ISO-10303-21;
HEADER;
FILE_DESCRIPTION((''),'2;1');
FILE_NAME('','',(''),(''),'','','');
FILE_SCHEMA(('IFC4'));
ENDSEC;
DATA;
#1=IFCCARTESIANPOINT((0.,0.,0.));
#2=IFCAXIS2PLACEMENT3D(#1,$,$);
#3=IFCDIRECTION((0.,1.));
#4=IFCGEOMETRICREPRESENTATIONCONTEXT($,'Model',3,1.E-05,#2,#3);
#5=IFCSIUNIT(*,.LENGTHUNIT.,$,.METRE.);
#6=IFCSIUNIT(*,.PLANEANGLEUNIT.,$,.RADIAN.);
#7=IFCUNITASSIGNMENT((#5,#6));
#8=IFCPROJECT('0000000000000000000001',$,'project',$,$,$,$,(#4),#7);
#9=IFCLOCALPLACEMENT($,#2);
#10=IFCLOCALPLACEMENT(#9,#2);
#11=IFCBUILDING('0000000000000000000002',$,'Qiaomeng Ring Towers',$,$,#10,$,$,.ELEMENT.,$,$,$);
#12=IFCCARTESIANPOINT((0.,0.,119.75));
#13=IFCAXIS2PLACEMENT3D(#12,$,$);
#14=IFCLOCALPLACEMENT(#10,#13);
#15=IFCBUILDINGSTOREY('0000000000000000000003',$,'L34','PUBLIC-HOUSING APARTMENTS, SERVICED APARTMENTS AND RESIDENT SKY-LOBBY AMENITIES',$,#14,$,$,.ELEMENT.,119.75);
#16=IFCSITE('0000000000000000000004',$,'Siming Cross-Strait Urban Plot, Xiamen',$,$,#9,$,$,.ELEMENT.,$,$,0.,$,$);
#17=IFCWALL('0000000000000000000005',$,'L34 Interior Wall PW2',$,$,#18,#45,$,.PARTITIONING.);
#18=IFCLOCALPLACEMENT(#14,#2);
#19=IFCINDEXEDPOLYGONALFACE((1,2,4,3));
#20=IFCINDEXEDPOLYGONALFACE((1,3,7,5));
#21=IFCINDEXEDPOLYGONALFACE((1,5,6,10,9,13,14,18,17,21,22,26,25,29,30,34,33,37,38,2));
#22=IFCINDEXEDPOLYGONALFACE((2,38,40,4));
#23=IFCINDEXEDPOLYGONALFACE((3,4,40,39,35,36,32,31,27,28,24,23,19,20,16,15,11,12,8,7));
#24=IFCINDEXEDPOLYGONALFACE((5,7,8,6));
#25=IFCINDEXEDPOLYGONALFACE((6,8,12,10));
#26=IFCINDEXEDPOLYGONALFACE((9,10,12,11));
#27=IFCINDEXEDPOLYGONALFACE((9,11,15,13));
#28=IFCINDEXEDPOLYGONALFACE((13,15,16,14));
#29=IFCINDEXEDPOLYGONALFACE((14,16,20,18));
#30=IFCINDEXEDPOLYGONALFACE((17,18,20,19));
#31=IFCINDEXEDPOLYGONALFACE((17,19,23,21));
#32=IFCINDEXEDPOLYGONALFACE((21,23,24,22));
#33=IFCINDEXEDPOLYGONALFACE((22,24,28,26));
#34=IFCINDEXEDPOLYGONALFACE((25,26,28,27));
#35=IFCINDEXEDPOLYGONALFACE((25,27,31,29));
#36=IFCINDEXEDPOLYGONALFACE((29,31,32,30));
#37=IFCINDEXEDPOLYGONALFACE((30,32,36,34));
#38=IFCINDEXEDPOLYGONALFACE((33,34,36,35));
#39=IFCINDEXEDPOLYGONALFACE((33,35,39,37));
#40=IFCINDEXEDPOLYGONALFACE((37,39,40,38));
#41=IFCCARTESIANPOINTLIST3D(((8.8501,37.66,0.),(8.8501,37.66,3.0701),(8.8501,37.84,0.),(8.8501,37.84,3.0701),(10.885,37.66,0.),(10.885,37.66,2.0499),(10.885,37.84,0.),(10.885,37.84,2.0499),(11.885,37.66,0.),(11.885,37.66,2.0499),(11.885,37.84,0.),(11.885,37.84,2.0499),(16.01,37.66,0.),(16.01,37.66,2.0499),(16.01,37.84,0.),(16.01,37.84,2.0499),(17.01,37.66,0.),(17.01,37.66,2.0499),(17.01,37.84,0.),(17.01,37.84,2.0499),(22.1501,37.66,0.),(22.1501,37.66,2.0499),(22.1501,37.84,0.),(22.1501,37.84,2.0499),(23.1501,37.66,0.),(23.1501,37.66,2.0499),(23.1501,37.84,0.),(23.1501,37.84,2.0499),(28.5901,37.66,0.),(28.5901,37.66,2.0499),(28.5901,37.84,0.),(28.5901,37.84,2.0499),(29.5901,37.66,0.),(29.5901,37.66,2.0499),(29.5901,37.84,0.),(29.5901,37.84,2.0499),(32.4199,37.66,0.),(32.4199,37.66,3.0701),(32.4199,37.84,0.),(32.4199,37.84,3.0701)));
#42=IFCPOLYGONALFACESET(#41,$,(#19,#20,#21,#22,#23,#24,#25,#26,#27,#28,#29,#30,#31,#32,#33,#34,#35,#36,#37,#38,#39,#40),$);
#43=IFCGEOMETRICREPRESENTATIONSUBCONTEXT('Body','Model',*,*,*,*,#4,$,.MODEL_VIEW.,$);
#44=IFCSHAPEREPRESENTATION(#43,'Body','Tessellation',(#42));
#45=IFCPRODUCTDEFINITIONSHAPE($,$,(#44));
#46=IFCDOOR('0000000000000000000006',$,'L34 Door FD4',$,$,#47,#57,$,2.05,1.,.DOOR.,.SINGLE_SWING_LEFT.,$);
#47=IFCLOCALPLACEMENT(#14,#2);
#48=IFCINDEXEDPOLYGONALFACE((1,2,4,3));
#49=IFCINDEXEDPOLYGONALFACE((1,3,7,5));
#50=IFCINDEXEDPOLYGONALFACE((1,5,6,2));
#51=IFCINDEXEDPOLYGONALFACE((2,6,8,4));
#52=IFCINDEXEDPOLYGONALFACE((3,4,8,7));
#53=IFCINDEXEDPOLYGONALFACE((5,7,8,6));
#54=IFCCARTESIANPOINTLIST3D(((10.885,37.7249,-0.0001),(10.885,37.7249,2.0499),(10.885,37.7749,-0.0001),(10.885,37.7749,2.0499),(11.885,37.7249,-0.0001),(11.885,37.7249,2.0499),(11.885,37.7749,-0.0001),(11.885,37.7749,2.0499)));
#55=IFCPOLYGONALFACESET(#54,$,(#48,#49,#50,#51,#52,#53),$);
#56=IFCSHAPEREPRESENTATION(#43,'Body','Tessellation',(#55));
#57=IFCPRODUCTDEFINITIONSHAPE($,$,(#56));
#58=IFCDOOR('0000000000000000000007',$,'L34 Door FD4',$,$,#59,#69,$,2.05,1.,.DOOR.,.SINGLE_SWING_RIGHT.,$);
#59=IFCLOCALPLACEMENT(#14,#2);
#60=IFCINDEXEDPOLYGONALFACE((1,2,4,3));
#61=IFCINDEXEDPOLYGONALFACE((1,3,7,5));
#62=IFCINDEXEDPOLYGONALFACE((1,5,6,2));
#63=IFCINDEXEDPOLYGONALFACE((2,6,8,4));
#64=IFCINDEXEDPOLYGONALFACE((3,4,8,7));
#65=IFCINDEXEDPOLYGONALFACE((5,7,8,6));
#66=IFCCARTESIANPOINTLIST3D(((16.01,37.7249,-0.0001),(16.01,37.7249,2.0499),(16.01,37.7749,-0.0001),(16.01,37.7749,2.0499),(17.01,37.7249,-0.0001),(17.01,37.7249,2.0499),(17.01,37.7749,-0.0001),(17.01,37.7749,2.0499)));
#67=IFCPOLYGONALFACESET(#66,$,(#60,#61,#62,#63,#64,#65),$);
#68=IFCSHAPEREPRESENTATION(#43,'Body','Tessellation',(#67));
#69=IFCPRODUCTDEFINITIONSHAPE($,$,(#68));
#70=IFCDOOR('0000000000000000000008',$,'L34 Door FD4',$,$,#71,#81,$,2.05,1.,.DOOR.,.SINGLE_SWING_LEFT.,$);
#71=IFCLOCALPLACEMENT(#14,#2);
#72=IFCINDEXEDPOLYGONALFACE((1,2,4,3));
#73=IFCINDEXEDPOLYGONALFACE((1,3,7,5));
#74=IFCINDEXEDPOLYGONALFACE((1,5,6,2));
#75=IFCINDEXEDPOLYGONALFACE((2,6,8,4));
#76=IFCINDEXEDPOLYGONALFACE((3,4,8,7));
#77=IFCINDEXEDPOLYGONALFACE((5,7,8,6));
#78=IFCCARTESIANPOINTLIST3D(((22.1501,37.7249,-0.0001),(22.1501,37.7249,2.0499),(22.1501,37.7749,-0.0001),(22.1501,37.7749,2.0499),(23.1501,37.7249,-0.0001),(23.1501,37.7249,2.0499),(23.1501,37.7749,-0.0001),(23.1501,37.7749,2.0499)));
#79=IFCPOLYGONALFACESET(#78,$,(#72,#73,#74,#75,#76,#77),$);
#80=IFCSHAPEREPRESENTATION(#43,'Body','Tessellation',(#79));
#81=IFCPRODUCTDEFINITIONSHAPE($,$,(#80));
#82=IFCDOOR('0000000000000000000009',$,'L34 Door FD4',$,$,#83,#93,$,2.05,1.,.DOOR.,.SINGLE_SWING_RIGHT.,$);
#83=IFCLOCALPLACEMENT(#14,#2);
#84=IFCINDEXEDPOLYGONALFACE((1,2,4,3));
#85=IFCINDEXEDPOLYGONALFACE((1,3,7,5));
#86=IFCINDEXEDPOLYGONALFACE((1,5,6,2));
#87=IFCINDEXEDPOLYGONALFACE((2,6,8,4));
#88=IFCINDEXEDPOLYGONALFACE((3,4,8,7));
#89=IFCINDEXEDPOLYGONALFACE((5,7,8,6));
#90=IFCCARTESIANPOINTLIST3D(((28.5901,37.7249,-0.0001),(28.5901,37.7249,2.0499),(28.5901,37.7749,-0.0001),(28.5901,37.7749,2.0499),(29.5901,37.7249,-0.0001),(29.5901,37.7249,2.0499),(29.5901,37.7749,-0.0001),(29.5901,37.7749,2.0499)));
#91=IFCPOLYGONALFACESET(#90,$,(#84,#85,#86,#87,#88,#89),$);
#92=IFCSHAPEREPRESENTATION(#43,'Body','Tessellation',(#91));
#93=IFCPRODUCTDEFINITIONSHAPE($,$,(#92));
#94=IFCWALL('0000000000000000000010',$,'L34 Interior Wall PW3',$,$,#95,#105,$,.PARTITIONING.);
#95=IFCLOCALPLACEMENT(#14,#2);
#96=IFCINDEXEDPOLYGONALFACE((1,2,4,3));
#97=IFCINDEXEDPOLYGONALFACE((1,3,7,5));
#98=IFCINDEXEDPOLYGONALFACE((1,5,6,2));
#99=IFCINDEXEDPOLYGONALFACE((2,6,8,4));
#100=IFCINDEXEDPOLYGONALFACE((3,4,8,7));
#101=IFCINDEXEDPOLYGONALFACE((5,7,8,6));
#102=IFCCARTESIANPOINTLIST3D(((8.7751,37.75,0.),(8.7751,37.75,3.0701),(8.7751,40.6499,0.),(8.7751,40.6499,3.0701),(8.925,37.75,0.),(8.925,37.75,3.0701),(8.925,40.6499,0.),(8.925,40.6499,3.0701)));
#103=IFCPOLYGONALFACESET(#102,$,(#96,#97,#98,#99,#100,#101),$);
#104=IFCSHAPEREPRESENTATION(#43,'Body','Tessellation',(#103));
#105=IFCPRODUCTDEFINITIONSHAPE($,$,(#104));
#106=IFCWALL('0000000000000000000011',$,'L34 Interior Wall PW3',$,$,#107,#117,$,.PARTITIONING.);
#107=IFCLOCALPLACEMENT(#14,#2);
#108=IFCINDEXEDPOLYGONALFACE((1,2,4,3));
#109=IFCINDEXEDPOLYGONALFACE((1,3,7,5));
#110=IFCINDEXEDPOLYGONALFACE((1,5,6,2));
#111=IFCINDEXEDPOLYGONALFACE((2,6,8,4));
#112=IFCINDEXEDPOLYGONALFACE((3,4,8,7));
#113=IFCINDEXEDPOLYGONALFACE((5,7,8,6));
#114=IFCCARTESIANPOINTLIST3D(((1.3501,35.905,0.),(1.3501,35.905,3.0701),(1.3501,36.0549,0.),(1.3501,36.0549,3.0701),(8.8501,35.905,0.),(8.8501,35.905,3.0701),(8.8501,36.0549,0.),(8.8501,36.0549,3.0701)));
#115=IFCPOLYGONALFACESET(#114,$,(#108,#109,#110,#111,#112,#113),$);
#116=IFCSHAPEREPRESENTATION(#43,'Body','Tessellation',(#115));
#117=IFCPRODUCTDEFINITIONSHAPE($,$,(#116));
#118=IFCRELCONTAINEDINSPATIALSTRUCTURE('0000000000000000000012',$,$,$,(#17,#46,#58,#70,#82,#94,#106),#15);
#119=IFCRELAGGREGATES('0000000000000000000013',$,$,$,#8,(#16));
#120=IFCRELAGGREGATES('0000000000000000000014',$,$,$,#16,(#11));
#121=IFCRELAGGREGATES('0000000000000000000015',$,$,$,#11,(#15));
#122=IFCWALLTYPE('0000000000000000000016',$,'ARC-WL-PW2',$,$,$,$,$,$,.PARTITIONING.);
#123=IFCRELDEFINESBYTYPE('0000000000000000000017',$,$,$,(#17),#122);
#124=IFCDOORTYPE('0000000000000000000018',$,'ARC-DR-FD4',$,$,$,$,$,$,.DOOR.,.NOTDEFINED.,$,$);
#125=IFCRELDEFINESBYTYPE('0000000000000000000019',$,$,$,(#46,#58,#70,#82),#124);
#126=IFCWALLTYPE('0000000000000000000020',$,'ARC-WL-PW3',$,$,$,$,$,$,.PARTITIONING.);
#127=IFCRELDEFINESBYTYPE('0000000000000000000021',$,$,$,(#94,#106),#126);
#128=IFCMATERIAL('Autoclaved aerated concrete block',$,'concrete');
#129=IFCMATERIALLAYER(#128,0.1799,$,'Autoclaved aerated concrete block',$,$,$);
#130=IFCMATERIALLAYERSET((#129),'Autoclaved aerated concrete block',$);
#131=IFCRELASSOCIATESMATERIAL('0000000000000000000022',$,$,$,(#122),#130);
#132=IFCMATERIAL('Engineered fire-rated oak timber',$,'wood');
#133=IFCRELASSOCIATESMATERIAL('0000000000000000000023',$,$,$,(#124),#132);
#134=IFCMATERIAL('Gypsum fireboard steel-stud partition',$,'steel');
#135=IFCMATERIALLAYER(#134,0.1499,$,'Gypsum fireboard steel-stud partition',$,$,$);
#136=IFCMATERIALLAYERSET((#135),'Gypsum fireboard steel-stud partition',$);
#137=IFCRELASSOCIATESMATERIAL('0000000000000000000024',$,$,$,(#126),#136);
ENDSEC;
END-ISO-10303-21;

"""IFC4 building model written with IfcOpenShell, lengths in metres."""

from ifc_helpers import new_model, si_unit, direction, frame, frame_2d, origin, place, context, subcontext, project, spatial, rectangle, extrude, source, transform, mapped, material, layer, layer_set, type_object, element, fill, save


model = new_model("IFC4")

# Units and contexts
model_context = context("Model", 3, precision=1e-05, world=origin(), true_north=direction((0.0, 1.0)))
body_context = subcontext(model_context, "Body", "Model", "MODEL_VIEW")
ifc_project = project(units=[si_unit("LENGTHUNIT", "METRE"), si_unit("PLANEANGLEUNIT", "RADIAN")], contexts=[model_context])

# Site, building, storey
site_placement = place(None, origin())
site = spatial("IfcSite", under=ifc_project, at=site_placement, Name="Siming Cross-Strait Urban Plot, Xiamen", CompositionType="ELEMENT", RefElevation=0.0)
building_placement = place(site_placement, origin())
building = spatial("IfcBuilding", under=site, at=building_placement, Name="Qiaomeng Ring Towers", CompositionType="ELEMENT")
storey_placement = place(building_placement, frame((0.0, 0.0, 119.75)))
storey = spatial("IfcBuildingStorey", under=building, at=storey_placement, Name="L34", Description="PUBLIC-HOUSING APARTMENTS, SERVICED APARTMENTS AND RESIDENT SKY-LOBBY AMENITIES", CompositionType="ELEMENT", Elevation=119.75)

# Wall, openings, doors
ifc_material_1 = material(Name="Autoclaved aerated concrete block", Category="concrete")
ifc_layer_1 = layer(ifc_material_1, 0.1799, Name="Autoclaved aerated concrete block")
ifc_layer_set_1 = layer_set([ifc_layer_1], Name="Autoclaved aerated concrete block")
wall_type_1 = type_object("IfcWallType", Name="ARC-WL-PW2", PredefinedType="PARTITIONING", material=ifc_layer_set_1)
wall_1_placement = place(storey_placement, frame((8.8501, 37.75, 0.0), z_axis=(0.0, 0.0, 1.0), x_axis=(1.0, 0.0, 0.0)))
wall_1 = element("IfcWall", 1, at=wall_1_placement, inside=storey, type_object=wall_type_1, Name="L34 Interior Wall PW2", PredefinedType="PARTITIONING", context=body_context, shape_type="SweptSolid", body=[
    extrude(rectangle(XDim=23.5698, YDim=0.1799, at=frame_2d((11.7849, 0.0))), origin(), (0.0, 0.0, 1.0), 3.0701),
])
opening_1_placement = place(wall_1_placement, frame((2.0349, 0.0, 0.0)))
opening_1 = element("IfcOpeningElement", 2, at=opening_1_placement, cuts=wall_1, PredefinedType="OPENING", context=body_context, shape_type="SweptSolid", body=[
    extrude(rectangle(XDim=1.0, YDim=2.05, at=frame_2d((0.5, 1.0249))), frame((0.0, 0.0999, 0.0), z_axis=(0.0, -1.0, 0.0), x_axis=(1.0, 0.0, 0.0)), (0.0, 0.0, 1.0), 0.2),
])
opening_2_placement = place(wall_1_placement, frame((7.1599, 0.0, 0.0)))
opening_2 = element("IfcOpeningElement", 3, at=opening_2_placement, cuts=wall_1, PredefinedType="OPENING", context=body_context, shape_type="SweptSolid", body=[
    extrude(rectangle(XDim=1.0, YDim=2.05, at=frame_2d((0.5, 1.0249))), frame((0.0, 0.0999, 0.0), z_axis=(0.0, -1.0, 0.0), x_axis=(1.0, 0.0, 0.0)), (0.0, 0.0, 1.0), 0.2),
])
opening_3_placement = place(wall_1_placement, frame((13.3, 0.0, 0.0)))
opening_3 = element("IfcOpeningElement", 4, at=opening_3_placement, cuts=wall_1, PredefinedType="OPENING", context=body_context, shape_type="SweptSolid", body=[
    extrude(rectangle(XDim=1.0, YDim=2.05, at=frame_2d((0.5, 1.0249))), frame((0.0, 0.0999, 0.0), z_axis=(0.0, -1.0, 0.0), x_axis=(1.0, 0.0, 0.0)), (0.0, 0.0, 1.0), 0.2),
])
opening_4_placement = place(wall_1_placement, frame((19.74, 0.0, 0.0)))
opening_4 = element("IfcOpeningElement", 5, at=opening_4_placement, cuts=wall_1, PredefinedType="OPENING", context=body_context, shape_type="SweptSolid", body=[
    extrude(rectangle(XDim=1.0, YDim=2.05, at=frame_2d((0.5, 1.0249))), frame((0.0, 0.0999, 0.0), z_axis=(0.0, -1.0, 0.0), x_axis=(1.0, 0.0, 0.0)), (0.0, 0.0, 1.0), 0.2),
])
ifc_material_2 = material(Name="Engineered fire-rated oak timber", Category="wood")
door_type_1 = type_object("IfcDoorType", Name="ARC-DR-FD4", OperationType="NOTDEFINED", PredefinedType="DOOR", material=ifc_material_2)
shared_shape_1 = source(origin(), body_context, "Body", "SweptSolid", [
    extrude(rectangle(XDim=1.0, YDim=2.05, at=frame_2d((0.5, 1.0249))), frame((0.0, 0.0249, 0.0), z_axis=(0.0, -1.0, 0.0), x_axis=(1.0, 0.0, 0.0)), (0.0, 0.0, 1.0), 0.05),
])
door_1_placement = place(opening_1_placement, origin())
door_1 = element("IfcDoor", 6, at=door_1_placement, inside=storey, type_object=door_type_1, Name="L34 Door FD4", OperationType="SINGLE_SWING_LEFT", OverallHeight=2.05, OverallWidth=1.0, PredefinedType="DOOR", context=body_context, shape_type="MappedRepresentation", body=[
    mapped(shared_shape_1, transform((0.0, 0.0, 0.0), x_axis=(1.0, 0.0, 0.0), y_axis=(0.0, 1.0, 0.0), z_axis=(0.0, 0.0, 1.0), scale=1.0)),
])
fill(opening_1, door_1)
door_2_placement = place(opening_2_placement, origin())
door_2 = element("IfcDoor", 7, at=door_2_placement, inside=storey, type_object=door_type_1, Name="L34 Door FD4", OperationType="SINGLE_SWING_RIGHT", OverallHeight=2.05, OverallWidth=1.0, PredefinedType="DOOR", context=body_context, shape_type="MappedRepresentation", body=[
    mapped(shared_shape_1, transform((0.0, 0.0, 0.0), x_axis=(1.0, 0.0, 0.0), y_axis=(0.0, 1.0, 0.0), z_axis=(0.0, 0.0, 1.0), scale=1.0)),
])
fill(opening_2, door_2)
door_3_placement = place(opening_3_placement, origin())
door_3 = element("IfcDoor", 8, at=door_3_placement, inside=storey, type_object=door_type_1, Name="L34 Door FD4", OperationType="SINGLE_SWING_LEFT", OverallHeight=2.05, OverallWidth=1.0, PredefinedType="DOOR", context=body_context, shape_type="MappedRepresentation", body=[
    mapped(shared_shape_1, transform((0.0, 0.0, 0.0), x_axis=(1.0, 0.0, 0.0), y_axis=(0.0, 1.0, 0.0), z_axis=(0.0, 0.0, 1.0), scale=1.0)),
])
fill(opening_3, door_3)
door_4_placement = place(opening_4_placement, origin())
door_4 = element("IfcDoor", 9, at=door_4_placement, inside=storey, type_object=door_type_1, Name="L34 Door FD4", OperationType="SINGLE_SWING_RIGHT", OverallHeight=2.05, OverallWidth=1.0, PredefinedType="DOOR", context=body_context, shape_type="MappedRepresentation", body=[
    mapped(shared_shape_1, transform((0.0, 0.0, 0.0), x_axis=(1.0, 0.0, 0.0), y_axis=(0.0, 1.0, 0.0), z_axis=(0.0, 0.0, 1.0), scale=1.0)),
])
fill(opening_4, door_4)

# Walls
ifc_material_3 = material(Name="Gypsum fireboard steel-stud partition", Category="steel")
ifc_layer_2 = layer(ifc_material_3, 0.1499, Name="Gypsum fireboard steel-stud partition")
ifc_layer_set_2 = layer_set([ifc_layer_2], Name="Gypsum fireboard steel-stud partition")
wall_type_2 = type_object("IfcWallType", Name="ARC-WL-PW3", PredefinedType="PARTITIONING", material=ifc_layer_set_2)
wall_2_placement = place(storey_placement, frame((8.8501, 37.75, 0.0), z_axis=(0.0, 0.0, 1.0), x_axis=(0.0, 1.0, 0.0)))
element("IfcWall", 10, at=wall_2_placement, inside=storey, type_object=wall_type_2, Name="L34 Interior Wall PW3", PredefinedType="PARTITIONING", context=body_context, shape_type="SweptSolid", body=[
    extrude(rectangle(XDim=2.8999, YDim=0.1499, at=frame_2d((1.45, 0.0))), origin(), (0.0, 0.0, 1.0), 3.0701),
])
wall_3_placement = place(storey_placement, frame((1.3501, 35.98, 0.0), z_axis=(0.0, 0.0, 1.0), x_axis=(1.0, 0.0, 0.0)))
element("IfcWall", 11, at=wall_3_placement, inside=storey, type_object=wall_type_2, Name="L34 Interior Wall PW3", PredefinedType="PARTITIONING", context=body_context, shape_type="SweptSolid", body=[
    extrude(rectangle(XDim=7.5, YDim=0.1499, at=frame_2d((3.75, 0.0))), origin(), (0.0, 0.0, 1.0), 3.0701),
])

save(model, "model.ifc")
